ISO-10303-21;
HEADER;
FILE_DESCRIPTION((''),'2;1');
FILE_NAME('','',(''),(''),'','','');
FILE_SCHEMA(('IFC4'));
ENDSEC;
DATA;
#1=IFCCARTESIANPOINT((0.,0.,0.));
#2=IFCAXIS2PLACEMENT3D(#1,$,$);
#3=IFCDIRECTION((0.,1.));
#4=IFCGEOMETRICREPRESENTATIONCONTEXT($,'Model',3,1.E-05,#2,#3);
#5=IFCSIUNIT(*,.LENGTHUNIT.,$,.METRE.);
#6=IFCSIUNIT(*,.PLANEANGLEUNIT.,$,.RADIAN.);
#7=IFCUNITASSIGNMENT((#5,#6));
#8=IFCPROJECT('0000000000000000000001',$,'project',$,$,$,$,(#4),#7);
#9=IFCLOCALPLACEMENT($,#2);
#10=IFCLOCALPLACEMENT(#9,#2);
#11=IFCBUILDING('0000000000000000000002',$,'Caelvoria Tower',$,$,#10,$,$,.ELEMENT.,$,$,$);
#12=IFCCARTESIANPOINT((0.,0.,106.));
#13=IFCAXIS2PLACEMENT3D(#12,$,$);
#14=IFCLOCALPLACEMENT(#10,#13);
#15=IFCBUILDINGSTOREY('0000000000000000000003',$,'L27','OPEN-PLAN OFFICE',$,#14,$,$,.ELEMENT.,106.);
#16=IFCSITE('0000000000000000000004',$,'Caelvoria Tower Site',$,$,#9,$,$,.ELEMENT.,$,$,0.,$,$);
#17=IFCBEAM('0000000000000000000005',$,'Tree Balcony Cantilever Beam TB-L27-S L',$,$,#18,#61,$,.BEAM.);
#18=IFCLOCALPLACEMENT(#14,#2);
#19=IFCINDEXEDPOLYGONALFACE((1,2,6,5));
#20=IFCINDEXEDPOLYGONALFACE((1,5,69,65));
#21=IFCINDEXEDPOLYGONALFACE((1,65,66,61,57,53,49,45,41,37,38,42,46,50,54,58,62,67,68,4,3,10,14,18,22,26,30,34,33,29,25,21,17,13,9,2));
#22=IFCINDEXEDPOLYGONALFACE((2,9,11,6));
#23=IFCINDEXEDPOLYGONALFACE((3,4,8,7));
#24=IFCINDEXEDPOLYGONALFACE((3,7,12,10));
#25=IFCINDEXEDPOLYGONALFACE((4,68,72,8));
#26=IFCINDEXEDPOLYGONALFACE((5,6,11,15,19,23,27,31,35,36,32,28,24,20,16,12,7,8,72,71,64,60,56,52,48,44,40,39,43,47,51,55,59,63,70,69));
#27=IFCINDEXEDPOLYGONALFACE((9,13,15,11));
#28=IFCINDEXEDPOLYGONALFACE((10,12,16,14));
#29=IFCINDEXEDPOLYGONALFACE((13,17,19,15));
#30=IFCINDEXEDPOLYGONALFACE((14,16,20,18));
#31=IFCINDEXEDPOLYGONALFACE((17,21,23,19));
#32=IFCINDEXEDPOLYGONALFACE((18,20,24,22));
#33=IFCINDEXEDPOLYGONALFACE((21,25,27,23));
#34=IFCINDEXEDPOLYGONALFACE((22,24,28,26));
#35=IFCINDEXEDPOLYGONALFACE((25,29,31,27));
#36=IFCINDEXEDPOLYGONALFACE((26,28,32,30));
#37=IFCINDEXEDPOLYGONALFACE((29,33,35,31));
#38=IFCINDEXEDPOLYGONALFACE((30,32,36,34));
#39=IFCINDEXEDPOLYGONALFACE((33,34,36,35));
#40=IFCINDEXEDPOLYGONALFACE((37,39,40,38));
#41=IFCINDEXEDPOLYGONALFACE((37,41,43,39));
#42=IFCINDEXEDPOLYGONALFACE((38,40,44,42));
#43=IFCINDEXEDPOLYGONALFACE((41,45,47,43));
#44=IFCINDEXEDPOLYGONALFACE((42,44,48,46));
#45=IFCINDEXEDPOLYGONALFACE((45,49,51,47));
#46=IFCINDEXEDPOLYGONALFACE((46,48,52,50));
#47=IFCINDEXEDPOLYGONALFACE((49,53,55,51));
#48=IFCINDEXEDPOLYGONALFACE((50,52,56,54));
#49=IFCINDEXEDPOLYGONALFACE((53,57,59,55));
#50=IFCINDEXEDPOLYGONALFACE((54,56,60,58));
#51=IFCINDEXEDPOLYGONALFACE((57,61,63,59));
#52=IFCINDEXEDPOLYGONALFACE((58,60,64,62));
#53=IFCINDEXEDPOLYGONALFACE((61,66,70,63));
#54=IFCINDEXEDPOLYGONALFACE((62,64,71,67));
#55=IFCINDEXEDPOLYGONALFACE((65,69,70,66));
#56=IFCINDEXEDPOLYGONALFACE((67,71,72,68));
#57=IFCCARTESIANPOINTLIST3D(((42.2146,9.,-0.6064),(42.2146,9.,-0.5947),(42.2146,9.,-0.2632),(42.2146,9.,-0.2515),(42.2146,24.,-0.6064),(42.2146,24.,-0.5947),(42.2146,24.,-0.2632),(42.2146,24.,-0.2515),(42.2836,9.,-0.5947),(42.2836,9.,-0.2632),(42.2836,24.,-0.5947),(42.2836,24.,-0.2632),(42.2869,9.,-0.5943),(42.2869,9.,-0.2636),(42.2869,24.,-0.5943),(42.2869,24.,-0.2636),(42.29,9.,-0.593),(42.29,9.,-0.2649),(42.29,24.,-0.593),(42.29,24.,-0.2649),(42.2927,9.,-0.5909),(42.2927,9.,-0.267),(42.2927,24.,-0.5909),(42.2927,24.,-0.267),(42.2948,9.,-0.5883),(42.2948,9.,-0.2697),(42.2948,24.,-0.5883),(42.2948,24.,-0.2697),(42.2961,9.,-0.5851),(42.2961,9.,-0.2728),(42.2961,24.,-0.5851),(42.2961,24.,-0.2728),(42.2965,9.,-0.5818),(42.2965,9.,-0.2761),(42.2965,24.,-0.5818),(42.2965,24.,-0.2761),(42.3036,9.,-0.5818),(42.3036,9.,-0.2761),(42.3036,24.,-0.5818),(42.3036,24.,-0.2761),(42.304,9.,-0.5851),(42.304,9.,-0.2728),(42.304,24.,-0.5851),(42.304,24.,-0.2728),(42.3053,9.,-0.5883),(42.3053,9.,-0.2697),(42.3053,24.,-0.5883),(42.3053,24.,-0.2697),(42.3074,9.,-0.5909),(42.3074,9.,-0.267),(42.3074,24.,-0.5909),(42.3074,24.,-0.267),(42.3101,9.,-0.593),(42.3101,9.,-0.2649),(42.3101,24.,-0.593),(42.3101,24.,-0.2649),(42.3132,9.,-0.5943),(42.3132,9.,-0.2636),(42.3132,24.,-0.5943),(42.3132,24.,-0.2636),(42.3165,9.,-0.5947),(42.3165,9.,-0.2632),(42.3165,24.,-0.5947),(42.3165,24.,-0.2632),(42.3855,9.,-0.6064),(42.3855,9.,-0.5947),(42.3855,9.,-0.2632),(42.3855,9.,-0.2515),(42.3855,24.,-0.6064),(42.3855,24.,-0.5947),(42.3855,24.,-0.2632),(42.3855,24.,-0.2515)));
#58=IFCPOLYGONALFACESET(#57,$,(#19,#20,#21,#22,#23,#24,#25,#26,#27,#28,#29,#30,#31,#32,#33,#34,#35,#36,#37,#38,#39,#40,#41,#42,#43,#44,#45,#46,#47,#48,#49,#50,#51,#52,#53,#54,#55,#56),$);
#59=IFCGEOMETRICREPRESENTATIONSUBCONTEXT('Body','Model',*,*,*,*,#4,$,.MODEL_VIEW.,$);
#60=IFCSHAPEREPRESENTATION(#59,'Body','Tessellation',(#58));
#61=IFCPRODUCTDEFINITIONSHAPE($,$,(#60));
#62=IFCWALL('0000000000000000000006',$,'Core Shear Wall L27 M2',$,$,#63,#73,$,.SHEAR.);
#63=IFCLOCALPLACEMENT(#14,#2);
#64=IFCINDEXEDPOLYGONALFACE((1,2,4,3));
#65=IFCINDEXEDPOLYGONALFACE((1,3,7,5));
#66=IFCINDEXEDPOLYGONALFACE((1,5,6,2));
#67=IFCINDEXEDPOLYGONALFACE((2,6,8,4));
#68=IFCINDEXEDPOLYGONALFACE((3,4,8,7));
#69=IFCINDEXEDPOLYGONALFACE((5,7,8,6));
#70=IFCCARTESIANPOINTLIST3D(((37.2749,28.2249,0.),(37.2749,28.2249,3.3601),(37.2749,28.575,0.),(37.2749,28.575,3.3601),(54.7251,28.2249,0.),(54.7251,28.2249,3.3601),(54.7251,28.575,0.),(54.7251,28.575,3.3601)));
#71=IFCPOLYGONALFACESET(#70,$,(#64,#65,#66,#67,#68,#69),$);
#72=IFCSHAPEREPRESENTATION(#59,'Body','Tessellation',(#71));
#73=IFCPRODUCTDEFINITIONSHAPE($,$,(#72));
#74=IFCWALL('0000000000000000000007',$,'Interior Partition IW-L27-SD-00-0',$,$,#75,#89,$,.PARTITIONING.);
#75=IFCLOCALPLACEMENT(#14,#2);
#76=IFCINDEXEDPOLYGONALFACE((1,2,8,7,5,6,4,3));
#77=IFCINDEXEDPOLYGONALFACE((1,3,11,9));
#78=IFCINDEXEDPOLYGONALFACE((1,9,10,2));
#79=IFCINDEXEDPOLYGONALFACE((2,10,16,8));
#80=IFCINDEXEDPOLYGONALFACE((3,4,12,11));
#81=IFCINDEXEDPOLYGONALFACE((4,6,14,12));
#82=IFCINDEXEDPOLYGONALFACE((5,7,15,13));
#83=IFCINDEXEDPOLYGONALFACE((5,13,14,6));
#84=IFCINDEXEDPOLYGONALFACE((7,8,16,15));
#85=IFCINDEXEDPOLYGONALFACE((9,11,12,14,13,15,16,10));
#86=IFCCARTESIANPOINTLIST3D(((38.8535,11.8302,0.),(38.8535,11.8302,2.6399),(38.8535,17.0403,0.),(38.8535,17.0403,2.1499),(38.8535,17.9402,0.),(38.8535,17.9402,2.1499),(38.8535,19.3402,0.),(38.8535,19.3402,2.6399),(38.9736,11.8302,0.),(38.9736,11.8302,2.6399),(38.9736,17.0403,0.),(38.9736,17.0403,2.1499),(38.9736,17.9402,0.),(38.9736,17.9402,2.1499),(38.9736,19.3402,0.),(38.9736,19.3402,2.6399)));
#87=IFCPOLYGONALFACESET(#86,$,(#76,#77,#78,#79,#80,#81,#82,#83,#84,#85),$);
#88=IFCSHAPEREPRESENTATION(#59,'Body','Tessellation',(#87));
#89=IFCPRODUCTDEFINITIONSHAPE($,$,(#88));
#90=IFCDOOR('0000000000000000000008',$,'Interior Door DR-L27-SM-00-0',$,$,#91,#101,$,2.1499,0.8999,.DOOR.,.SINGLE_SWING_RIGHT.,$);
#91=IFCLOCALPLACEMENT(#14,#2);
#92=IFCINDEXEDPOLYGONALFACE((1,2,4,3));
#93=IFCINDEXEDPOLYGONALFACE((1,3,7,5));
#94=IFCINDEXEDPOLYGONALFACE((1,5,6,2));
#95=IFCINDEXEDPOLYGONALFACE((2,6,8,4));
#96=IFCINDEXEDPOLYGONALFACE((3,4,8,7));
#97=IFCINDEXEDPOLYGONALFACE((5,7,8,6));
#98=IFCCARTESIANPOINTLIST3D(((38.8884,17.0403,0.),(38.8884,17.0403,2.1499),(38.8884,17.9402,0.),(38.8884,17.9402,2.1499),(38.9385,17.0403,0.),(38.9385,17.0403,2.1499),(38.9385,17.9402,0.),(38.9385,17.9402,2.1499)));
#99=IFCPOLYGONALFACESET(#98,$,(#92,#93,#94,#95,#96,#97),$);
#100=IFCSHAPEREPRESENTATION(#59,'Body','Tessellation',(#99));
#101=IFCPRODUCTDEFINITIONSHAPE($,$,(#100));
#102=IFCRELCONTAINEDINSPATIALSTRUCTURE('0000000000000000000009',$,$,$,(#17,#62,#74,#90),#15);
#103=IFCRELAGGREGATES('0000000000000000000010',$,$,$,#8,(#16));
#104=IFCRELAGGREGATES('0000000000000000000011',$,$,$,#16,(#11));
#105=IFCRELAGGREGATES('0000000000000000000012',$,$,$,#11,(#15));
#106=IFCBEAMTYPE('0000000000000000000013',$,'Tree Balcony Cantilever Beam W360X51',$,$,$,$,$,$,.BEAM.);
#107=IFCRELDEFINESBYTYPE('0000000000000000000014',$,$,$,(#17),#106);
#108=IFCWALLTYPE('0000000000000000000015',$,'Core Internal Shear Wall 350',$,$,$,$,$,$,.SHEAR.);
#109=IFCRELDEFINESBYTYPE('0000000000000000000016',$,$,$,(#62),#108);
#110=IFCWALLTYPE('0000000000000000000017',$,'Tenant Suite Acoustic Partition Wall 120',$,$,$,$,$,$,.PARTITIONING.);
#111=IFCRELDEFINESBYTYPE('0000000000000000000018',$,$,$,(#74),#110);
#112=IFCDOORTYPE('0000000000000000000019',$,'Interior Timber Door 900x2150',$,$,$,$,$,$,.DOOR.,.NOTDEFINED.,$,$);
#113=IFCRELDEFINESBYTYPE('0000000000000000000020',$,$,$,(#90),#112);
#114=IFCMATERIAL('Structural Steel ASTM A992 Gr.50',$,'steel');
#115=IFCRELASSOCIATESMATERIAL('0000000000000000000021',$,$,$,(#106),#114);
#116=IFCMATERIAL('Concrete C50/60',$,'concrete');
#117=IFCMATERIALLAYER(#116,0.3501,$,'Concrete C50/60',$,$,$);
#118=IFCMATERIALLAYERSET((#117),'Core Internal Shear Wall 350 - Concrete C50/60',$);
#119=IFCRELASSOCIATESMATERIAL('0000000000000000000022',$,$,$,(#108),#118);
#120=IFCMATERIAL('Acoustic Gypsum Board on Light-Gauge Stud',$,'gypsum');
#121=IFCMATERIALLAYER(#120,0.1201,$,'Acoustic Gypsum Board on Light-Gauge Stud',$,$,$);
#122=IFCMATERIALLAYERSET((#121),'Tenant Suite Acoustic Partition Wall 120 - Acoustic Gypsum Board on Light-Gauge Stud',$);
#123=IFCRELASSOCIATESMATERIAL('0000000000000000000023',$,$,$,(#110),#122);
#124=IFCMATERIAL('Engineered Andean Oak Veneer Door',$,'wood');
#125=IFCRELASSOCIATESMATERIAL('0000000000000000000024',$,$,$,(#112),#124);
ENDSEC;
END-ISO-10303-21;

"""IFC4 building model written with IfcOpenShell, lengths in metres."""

from ifc_helpers import new_model, si_unit, direction, frame, frame_2d, origin, origin_2d, place, context, subcontext, project, spatial, rectangle, i_section, extrude, material, layer, layer_set, material_profile, profile_set, type_object, element, fill, save


model = new_model("IFC4")

# Units and contexts
model_context = context("Model", 3, precision=1e-05, world=origin(), true_north=direction((0.0, 1.0)))
body_context = subcontext(model_context, "Body", "Model", "MODEL_VIEW")
ifc_project = project(units=[si_unit("LENGTHUNIT", "METRE"), si_unit("PLANEANGLEUNIT", "RADIAN")], contexts=[model_context])

# Site, building, storey
site_placement = place(None, origin())
site = spatial("IfcSite", under=ifc_project, at=site_placement, Name="Caelvoria Tower Site", CompositionType="ELEMENT", RefElevation=0.0)
building_placement = place(site_placement, origin())
building = spatial("IfcBuilding", under=site, at=building_placement, Name="Caelvoria Tower", CompositionType="ELEMENT")
storey_placement = place(building_placement, frame((0.0, 0.0, 106.0)))
storey = spatial("IfcBuildingStorey", under=building, at=storey_placement, Name="L27", Description="OPEN-PLAN OFFICE", CompositionType="ELEMENT", Elevation=106.0)

# Beam
ifc_material_1 = material(Name="Structural Steel ASTM A992 Gr.50", Category="steel")
ifc_material_profile_1 = material_profile(ifc_material_1, i_section(OverallWidth=0.1709, OverallDepth=0.355, WebThickness=0.0071, FlangeThickness=0.0117, FilletRadius=0.0129, at=origin_2d()), Name="Structural Steel ASTM A992 Gr.50")
ifc_profile_set_1 = profile_set([ifc_material_profile_1], Name="W360X51 - Structural Steel ASTM A992 Gr.50")
beam_type_1 = type_object("IfcBeamType", Name="Tree Balcony Cantilever Beam W360X51", PredefinedType="BEAM", material=ifc_profile_set_1)
beam_1_placement = place(storey_placement, frame((42.3, 24.0, -0.429), z_axis=(0.0, -1.0, 0.0), x_axis=(1.0, 0.0, 0.0)))
element("IfcBeam", 1, at=beam_1_placement, inside=storey, type_object=beam_type_1, Name="Tree Balcony Cantilever Beam TB-L27-S L", PredefinedType="BEAM", context=body_context, shape_type="SweptSolid", body=[
    extrude(i_section(OverallWidth=0.1709, OverallDepth=0.355, WebThickness=0.0071, FlangeThickness=0.0117, FilletRadius=0.0129, at=origin_2d()), origin(), (0.0, 0.0, 1.0), 15.0),
])

# Shared definitions
ifc_material_2 = material(Name="Concrete C50/60", Category="concrete")
ifc_layer_1 = layer(ifc_material_2, 0.3501, Name="Concrete C50/60")
ifc_layer_set_1 = layer_set([ifc_layer_1], Name="Core Internal Shear Wall 350 - Concrete C50/60")
wall_type_1 = type_object("IfcWallType", Name="Core Internal Shear Wall 350", PredefinedType="SHEAR", material=ifc_layer_set_1)

# Wall
wall_1_placement = place(storey_placement, frame((37.2749, 28.3999, 0.0), z_axis=(0.0, 0.0, 1.0), x_axis=(1.0, 0.0, 0.0)))
element("IfcWall", 2, at=wall_1_placement, inside=storey, type_object=wall_type_1, Name="Core Shear Wall L27 M2", PredefinedType="SHEAR", context=body_context, shape_type="SweptSolid", body=[
    extrude(rectangle(XDim=17.4502, YDim=0.3501, at=frame_2d((8.7251, 0.0))), origin(), (0.0, 0.0, 1.0), 3.3601),
])

# Wall, opening, door
ifc_material_3 = material(Name="Acoustic Gypsum Board on Light-Gauge Stud", Category="gypsum")
ifc_layer_2 = layer(ifc_material_3, 0.1201, Name="Acoustic Gypsum Board on Light-Gauge Stud")
ifc_layer_set_2 = layer_set([ifc_layer_2], Name="Tenant Suite Acoustic Partition Wall 120 - Acoustic Gypsum Board on Light-Gauge Stud")
wall_type_2 = type_object("IfcWallType", Name="Tenant Suite Acoustic Partition Wall 120", PredefinedType="PARTITIONING", material=ifc_layer_set_2)
wall_2_placement = place(storey_placement, frame((38.9136, 19.3401, 0.0), z_axis=(0.0, 0.0, 1.0), x_axis=(0.0, -1.0, 0.0)))
wall_2 = element("IfcWall", 3, at=wall_2_placement, inside=storey, type_object=wall_type_2, Name="Interior Partition IW-L27-SD-00-0", PredefinedType="PARTITIONING", context=body_context, shape_type="SweptSolid", body=[
    extrude(rectangle(XDim=7.51, YDim=0.1201, at=frame_2d((3.7549, 0.0))), origin(), (0.0, 0.0, 1.0), 2.6399),
])
opening_1_placement = place(wall_2_placement, frame((1.3999, 0.0, 0.0)))
opening_1 = element("IfcOpeningElement", 4, at=opening_1_placement, cuts=wall_2, PredefinedType="OPENING", context=body_context, shape_type="SweptSolid", body=[
    extrude(rectangle(XDim=0.8999, YDim=2.1499, at=frame_2d((0.45, 1.075))), frame((0.0, 0.0701, 0.0), z_axis=(0.0, -1.0, 0.0), x_axis=(1.0, 0.0, 0.0)), (0.0, 0.0, 1.0), 0.1401),
])
ifc_material_4 = material(Name="Engineered Andean Oak Veneer Door", Category="wood")
door_type_1 = type_object("IfcDoorType", Name="Interior Timber Door 900x2150", OperationType="NOTDEFINED", PredefinedType="DOOR", material=ifc_material_4)
door_1_placement = place(opening_1_placement, origin())
door_1 = element("IfcDoor", 5, at=door_1_placement, inside=storey, type_object=door_type_1, Name="Interior Door DR-L27-SM-00-0", OperationType="SINGLE_SWING_RIGHT", OverallHeight=2.1499, OverallWidth=0.8999, PredefinedType="DOOR", context=body_context, shape_type="SweptSolid", body=[
    extrude(rectangle(XDim=0.8999, YDim=2.1499, at=frame_2d((0.45, 1.075))), frame((0.0, 0.0249, 0.0), z_axis=(0.0, -1.0, 0.0), x_axis=(1.0, 0.0, 0.0)), (0.0, 0.0, 1.0), 0.05),
])
fill(opening_1, door_1)

save(model, "model.ifc")
